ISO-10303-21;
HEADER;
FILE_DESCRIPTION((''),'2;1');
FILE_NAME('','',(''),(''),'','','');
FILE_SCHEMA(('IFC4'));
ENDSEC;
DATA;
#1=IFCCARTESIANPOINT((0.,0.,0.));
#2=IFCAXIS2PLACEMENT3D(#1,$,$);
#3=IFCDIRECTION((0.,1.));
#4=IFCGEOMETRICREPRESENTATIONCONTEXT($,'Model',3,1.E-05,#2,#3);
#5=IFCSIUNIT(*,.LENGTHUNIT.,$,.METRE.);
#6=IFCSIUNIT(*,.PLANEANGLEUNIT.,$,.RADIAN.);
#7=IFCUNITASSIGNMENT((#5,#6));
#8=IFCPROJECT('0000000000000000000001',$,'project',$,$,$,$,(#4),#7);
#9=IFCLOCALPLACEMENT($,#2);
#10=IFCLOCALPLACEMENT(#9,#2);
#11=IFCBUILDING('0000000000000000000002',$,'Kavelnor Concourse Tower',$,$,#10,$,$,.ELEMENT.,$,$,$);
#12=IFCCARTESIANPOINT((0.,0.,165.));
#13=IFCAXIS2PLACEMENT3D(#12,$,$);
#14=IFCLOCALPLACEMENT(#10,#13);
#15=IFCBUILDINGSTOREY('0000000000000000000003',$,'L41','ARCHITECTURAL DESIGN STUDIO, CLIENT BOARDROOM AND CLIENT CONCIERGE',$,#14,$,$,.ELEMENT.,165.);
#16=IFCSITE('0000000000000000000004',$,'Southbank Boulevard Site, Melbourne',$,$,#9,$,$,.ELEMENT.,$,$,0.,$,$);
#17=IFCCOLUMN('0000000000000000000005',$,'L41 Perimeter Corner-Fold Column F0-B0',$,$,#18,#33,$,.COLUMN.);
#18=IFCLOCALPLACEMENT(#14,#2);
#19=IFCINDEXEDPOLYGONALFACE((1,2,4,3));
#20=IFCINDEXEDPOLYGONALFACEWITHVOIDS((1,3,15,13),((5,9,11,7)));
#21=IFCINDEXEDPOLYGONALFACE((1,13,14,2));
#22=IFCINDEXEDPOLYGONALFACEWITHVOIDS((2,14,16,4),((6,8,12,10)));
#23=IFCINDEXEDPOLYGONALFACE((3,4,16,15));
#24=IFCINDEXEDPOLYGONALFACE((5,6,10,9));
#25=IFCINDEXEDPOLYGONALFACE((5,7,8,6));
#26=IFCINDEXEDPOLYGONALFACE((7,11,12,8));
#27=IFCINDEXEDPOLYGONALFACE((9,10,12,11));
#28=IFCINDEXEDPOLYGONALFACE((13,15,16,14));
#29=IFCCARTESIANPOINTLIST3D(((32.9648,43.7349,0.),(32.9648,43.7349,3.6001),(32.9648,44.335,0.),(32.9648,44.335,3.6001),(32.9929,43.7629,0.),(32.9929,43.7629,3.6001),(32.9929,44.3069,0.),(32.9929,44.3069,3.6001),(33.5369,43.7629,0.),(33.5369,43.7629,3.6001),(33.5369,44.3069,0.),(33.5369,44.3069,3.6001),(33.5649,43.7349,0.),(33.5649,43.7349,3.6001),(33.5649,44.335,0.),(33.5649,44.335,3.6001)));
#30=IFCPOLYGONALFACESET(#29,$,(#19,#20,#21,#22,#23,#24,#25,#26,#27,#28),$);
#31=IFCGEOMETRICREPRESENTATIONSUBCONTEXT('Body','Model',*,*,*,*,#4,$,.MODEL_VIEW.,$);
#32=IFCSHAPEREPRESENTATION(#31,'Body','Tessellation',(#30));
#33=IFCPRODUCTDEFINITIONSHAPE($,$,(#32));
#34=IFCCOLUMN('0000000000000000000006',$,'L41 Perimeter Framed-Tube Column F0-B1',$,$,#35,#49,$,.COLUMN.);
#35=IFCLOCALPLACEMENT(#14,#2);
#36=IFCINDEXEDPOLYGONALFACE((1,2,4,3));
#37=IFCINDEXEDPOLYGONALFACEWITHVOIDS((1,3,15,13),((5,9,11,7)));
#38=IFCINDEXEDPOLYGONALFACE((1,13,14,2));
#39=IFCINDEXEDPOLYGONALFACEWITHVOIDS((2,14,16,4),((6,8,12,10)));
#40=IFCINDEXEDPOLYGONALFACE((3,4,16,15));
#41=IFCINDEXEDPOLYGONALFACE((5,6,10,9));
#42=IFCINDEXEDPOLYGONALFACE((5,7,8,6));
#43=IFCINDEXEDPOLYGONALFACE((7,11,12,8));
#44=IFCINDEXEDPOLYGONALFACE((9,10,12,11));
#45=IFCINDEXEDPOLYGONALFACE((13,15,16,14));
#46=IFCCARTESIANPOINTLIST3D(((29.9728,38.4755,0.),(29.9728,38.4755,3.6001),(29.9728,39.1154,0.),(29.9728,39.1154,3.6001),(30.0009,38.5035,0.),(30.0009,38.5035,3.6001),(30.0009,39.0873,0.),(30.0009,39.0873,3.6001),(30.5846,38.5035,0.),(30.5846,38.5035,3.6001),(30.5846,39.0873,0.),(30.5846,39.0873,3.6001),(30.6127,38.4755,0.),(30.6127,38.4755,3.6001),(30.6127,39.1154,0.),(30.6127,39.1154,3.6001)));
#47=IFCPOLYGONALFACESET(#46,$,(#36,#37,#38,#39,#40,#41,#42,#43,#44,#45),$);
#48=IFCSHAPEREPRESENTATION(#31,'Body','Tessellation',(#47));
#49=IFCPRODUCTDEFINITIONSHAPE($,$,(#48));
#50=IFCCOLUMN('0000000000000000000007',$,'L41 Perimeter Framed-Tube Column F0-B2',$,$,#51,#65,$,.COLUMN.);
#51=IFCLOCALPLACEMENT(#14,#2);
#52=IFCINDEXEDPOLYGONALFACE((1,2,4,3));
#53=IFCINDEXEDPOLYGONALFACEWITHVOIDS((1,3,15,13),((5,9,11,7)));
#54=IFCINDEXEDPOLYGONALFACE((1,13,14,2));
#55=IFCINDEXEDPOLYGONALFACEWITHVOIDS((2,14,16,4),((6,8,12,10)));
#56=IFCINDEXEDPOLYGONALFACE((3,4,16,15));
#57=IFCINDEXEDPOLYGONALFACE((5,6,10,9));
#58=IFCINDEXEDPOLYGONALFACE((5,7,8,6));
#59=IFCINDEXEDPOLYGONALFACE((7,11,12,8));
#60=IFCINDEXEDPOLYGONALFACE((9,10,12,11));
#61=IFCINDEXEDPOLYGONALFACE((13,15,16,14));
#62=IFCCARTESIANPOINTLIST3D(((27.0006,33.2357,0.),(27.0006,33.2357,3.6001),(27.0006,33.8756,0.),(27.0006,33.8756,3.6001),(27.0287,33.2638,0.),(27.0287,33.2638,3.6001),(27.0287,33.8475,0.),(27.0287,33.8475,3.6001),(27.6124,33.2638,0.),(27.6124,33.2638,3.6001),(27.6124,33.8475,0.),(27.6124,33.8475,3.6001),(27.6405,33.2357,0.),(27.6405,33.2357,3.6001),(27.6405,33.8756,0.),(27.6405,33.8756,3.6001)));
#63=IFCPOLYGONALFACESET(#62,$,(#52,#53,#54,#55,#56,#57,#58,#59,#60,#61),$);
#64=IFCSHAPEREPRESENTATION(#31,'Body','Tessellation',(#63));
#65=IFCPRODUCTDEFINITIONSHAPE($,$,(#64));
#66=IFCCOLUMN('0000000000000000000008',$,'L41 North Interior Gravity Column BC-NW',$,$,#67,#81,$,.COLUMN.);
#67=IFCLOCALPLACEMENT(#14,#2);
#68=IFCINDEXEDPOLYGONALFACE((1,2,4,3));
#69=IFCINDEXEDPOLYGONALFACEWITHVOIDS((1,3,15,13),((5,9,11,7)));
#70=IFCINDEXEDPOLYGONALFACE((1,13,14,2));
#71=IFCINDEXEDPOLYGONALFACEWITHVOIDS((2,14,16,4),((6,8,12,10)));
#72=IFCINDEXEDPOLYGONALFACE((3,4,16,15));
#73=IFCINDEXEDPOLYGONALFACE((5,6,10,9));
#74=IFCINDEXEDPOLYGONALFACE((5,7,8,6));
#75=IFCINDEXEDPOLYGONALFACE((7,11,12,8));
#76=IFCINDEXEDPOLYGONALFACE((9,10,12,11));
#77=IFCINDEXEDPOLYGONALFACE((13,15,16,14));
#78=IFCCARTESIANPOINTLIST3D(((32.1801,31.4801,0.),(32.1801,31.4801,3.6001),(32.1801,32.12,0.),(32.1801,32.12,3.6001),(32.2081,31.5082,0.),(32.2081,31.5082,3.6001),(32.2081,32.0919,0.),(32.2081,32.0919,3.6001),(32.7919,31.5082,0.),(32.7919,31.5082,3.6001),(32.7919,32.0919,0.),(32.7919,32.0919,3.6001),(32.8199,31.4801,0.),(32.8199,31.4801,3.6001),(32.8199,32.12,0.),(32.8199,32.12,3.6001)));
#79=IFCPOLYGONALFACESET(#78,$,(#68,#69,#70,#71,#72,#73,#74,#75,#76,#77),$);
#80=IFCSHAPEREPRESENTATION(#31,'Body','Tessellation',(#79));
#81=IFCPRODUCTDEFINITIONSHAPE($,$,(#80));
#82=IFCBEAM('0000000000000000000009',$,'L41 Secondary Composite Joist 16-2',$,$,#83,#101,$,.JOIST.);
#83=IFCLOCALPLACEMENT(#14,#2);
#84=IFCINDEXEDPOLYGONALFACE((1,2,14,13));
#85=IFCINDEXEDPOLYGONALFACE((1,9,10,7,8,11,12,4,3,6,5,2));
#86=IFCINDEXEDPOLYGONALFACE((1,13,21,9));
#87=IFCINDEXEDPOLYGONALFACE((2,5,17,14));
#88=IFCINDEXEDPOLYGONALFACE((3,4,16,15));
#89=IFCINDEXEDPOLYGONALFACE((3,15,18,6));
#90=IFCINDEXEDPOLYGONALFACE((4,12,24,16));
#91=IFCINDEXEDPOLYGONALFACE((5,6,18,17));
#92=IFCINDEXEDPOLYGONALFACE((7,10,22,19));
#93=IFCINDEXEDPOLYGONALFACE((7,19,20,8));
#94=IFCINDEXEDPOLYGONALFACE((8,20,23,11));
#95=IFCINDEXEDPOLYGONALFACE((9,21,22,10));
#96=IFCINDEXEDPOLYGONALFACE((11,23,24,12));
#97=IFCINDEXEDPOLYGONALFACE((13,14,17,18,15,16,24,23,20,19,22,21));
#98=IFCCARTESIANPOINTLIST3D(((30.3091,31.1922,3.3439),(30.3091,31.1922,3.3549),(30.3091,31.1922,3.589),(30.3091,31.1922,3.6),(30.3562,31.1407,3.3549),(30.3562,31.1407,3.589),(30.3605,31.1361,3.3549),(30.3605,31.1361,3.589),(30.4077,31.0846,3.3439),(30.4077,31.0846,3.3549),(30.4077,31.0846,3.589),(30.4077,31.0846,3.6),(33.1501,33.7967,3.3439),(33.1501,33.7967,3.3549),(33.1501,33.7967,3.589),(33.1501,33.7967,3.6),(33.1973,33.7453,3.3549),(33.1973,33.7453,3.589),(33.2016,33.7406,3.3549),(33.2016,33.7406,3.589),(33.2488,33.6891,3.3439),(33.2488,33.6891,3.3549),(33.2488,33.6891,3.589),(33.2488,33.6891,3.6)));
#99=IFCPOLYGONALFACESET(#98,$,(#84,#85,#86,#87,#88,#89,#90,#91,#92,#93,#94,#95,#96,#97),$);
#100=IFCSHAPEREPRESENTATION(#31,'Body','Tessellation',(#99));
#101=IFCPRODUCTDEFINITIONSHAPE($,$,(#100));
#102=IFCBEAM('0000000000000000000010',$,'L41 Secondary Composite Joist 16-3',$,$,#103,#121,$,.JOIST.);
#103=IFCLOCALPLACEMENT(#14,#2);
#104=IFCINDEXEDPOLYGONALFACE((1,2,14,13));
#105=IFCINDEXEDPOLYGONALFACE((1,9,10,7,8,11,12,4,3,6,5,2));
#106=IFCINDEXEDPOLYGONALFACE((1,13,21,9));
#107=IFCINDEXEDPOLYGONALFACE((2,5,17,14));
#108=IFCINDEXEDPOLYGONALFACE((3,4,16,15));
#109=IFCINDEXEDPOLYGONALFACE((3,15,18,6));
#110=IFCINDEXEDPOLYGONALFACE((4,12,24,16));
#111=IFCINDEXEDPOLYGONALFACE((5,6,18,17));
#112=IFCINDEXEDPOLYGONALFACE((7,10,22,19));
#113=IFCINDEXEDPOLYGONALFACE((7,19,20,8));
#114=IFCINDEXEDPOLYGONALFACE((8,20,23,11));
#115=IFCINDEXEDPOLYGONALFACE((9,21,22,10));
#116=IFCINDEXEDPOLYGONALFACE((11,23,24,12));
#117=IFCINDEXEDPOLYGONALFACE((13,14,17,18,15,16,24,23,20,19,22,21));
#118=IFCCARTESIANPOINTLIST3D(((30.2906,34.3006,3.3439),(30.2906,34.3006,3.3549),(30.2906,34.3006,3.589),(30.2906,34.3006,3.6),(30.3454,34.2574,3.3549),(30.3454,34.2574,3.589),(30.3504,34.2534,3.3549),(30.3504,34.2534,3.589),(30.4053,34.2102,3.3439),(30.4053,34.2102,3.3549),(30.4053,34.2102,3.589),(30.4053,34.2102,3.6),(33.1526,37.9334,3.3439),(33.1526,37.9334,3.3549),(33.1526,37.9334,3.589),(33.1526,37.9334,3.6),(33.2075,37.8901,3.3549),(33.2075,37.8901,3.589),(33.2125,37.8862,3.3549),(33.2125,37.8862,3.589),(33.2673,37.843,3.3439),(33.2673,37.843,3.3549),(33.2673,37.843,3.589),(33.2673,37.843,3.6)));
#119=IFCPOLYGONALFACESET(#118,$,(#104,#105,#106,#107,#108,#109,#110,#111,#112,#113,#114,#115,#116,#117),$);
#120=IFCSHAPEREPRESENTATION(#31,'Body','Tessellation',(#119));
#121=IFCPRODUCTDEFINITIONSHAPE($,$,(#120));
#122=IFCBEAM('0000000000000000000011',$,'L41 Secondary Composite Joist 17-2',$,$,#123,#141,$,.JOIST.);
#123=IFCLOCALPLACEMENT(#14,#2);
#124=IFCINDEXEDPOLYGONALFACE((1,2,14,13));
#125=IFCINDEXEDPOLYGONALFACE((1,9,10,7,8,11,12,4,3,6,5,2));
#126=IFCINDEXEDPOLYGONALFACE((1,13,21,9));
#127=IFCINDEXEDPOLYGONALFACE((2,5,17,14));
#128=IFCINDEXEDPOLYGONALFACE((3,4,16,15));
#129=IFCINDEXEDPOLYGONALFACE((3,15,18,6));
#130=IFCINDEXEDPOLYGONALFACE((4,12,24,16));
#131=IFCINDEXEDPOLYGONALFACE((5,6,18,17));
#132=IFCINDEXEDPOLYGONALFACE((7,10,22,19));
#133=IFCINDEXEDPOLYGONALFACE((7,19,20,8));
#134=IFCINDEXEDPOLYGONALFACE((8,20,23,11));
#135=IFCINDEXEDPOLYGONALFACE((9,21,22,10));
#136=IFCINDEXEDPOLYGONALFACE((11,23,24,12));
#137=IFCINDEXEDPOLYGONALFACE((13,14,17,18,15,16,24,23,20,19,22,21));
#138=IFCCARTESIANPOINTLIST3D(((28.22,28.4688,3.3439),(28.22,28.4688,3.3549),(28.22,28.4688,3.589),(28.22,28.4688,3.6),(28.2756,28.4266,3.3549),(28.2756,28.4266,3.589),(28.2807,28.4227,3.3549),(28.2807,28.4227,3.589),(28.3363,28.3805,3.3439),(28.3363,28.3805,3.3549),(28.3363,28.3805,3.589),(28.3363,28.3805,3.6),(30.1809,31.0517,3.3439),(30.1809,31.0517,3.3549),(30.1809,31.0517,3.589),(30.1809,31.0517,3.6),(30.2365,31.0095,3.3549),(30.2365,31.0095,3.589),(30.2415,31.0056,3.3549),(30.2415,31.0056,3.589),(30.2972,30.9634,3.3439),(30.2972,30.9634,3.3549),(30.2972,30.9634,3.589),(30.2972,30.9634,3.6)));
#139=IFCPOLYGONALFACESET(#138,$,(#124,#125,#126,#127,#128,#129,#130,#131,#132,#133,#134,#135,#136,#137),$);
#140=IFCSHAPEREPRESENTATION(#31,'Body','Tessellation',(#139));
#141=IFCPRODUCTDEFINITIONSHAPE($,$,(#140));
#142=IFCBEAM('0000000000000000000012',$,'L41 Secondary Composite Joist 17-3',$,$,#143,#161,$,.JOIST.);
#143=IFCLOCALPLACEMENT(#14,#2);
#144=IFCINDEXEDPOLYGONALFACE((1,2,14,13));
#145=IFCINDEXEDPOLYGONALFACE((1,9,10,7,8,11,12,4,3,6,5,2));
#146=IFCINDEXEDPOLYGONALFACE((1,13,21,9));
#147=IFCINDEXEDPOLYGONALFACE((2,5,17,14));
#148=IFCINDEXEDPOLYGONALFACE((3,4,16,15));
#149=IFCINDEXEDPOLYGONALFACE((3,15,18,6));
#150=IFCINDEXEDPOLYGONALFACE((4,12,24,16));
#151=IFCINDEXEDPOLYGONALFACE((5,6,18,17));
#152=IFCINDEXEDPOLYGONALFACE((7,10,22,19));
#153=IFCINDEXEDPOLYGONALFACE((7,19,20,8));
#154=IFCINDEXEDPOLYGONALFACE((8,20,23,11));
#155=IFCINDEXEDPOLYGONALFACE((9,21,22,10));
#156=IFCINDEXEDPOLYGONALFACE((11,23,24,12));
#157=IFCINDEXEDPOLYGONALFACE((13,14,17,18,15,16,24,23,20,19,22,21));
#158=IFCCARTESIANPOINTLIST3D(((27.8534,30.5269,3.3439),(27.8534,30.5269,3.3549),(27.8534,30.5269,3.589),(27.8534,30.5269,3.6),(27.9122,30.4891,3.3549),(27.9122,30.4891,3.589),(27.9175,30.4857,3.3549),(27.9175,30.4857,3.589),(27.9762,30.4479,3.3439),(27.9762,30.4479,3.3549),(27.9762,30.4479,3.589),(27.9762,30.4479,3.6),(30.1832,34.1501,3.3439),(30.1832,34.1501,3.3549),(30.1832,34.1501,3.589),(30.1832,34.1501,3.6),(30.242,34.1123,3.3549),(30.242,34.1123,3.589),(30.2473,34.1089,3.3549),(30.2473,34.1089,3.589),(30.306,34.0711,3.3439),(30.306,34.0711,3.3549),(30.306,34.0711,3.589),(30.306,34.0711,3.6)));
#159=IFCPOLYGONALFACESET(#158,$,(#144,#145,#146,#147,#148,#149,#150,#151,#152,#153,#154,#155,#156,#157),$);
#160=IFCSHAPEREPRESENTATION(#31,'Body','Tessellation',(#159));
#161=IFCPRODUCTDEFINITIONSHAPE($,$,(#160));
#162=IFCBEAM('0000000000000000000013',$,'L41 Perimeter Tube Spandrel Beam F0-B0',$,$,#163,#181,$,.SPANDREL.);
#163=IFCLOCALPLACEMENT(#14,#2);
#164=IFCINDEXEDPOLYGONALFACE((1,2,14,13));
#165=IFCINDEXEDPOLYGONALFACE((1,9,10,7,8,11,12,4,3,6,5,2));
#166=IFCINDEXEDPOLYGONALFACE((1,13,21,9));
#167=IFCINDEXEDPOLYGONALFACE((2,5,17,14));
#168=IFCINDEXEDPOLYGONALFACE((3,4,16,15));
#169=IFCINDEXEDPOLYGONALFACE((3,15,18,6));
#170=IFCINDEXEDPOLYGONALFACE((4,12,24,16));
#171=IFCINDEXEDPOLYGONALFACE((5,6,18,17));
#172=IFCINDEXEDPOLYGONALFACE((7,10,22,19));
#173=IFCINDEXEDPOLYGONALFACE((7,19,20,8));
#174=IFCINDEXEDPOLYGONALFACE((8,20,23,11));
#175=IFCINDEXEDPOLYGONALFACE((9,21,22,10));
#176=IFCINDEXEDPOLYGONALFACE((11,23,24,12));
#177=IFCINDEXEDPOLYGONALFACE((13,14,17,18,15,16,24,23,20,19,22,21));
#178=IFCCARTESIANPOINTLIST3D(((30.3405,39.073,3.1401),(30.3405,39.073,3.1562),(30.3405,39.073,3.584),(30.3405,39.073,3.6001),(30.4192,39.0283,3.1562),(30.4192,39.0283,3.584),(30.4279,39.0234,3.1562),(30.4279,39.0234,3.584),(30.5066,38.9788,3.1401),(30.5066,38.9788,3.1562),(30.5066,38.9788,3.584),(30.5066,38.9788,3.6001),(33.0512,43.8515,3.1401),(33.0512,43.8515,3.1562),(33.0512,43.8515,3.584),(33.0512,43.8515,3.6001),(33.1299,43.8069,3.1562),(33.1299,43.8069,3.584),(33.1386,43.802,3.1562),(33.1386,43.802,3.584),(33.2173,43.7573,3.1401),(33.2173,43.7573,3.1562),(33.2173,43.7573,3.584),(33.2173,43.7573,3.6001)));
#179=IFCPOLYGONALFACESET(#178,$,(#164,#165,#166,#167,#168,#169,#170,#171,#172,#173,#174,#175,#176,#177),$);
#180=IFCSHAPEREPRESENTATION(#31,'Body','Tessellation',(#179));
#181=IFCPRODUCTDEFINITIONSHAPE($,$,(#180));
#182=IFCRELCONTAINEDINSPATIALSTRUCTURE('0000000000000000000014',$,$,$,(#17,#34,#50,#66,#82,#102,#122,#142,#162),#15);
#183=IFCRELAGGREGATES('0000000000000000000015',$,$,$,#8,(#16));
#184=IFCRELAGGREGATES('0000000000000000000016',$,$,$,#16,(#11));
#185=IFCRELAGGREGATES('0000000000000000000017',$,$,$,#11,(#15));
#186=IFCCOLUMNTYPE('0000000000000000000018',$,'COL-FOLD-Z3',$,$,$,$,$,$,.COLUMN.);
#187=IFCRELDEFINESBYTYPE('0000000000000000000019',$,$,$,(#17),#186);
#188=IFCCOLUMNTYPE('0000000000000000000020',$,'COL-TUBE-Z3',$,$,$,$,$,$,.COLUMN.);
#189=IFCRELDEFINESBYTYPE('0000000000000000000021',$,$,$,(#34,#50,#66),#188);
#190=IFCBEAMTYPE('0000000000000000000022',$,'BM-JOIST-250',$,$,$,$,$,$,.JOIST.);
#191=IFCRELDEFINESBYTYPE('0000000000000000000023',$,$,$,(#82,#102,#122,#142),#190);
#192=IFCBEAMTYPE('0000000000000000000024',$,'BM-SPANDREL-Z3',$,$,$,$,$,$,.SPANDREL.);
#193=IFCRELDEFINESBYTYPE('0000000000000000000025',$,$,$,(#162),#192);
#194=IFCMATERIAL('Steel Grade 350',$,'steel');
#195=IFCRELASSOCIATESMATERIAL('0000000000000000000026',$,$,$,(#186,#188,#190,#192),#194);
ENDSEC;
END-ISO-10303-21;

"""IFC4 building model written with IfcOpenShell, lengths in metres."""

from ifc_helpers import new_model, si_unit, direction, frame, origin, origin_2d, place, context, subcontext, project, spatial, hollow_rectangle, i_section, extrude, material, material_profile, profile_set, type_object, element, save


model = new_model("IFC4")

# Units and contexts
model_context = context("Model", 3, precision=1e-05, world=origin(), true_north=direction((0.0, 1.0)))
body_context = subcontext(model_context, "Body", "Model", "MODEL_VIEW")
ifc_project = project(units=[si_unit("LENGTHUNIT", "METRE"), si_unit("PLANEANGLEUNIT", "RADIAN")], contexts=[model_context])

# Site, building, storey
site_placement = place(None, origin())
site = spatial("IfcSite", under=ifc_project, at=site_placement, Name="Southbank Boulevard Site, Melbourne", CompositionType="ELEMENT", RefElevation=0.0)
building_placement = place(site_placement, origin())
building = spatial("IfcBuilding", under=site, at=building_placement, Name="Kavelnor Concourse Tower", CompositionType="ELEMENT")
storey_placement = place(building_placement, frame((0.0, 0.0, 165.0)))
storey = spatial("IfcBuildingStorey", under=building, at=storey_placement, Name="L41", Description="ARCHITECTURAL DESIGN STUDIO, CLIENT BOARDROOM AND CLIENT CONCIERGE", CompositionType="ELEMENT", Elevation=165.0)

# Columns
ifc_material_1 = material(Name="Steel Grade 350", Category="steel")
ifc_material_profile_1 = material_profile(ifc_material_1, hollow_rectangle(XDim=0.6001, YDim=0.6001, WallThickness=0.0281, at=origin_2d()), Name="SHS 600x600x28")
ifc_profile_set_1 = profile_set([ifc_material_profile_1], Name="Steel Grade 350")
column_type_1 = type_object("IfcColumnType", Name="COL-FOLD-Z3", PredefinedType="COLUMN", material=ifc_profile_set_1)
column_placement = place(storey_placement, frame((33.2649, 44.0349, 0.0), z_axis=(0.0, 0.0, 1.0), x_axis=(1.0, 0.0, 0.0)))
element("IfcColumn", 1, at=column_placement, inside=storey, type_object=column_type_1, Name="L41 Perimeter Corner-Fold Column F0-B0", PredefinedType="COLUMN", context=body_context, shape_type="SweptSolid", body=[
    extrude(hollow_rectangle(XDim=0.6001, YDim=0.6001, WallThickness=0.0281, at=origin_2d()), origin(), (0.0, 0.0, 1.0), 3.6001),
])
ifc_material_profile_2 = material_profile(ifc_material_1, hollow_rectangle(XDim=0.6399, YDim=0.6399, WallThickness=0.0281, at=origin_2d()), Name="SHS 640x640x28")
ifc_profile_set_2 = profile_set([ifc_material_profile_2], Name="Steel Grade 350")
column_type_2 = type_object("IfcColumnType", Name="COL-TUBE-Z3", PredefinedType="COLUMN", material=ifc_profile_set_2)
for number, where, z_axis, x_axis, name in (
    (2, (30.2927, 38.7954, 0.0), (0.0, 0.0, 1.0), (1.0, 0.0, 0.0), "L41 Perimeter Framed-Tube Column F0-B1"),
    (3, (27.3206, 33.5557, 0.0), (0.0, 0.0, 1.0), (1.0, 0.0, 0.0), "L41 Perimeter Framed-Tube Column F0-B2"),
    (4, (32.5, 31.8, 0.0), (0.0, 0.0, 1.0), (1.0, 0.0, 0.0), "L41 North Interior Gravity Column BC-NW"),
):
    element("IfcColumn", number, at=place(storey_placement, frame(where, z_axis=z_axis, x_axis=x_axis)), inside=storey, type_object=column_type_2, Name=name, PredefinedType="COLUMN", context=body_context, shape_type="SweptSolid", body=[
        extrude(hollow_rectangle(XDim=0.6399, YDim=0.6399, WallThickness=0.0281, at=origin_2d()), origin(), (0.0, 0.0, 1.0), 3.6001),
    ])

# Beams
ifc_material_profile_3 = material_profile(ifc_material_1, i_section(OverallWidth=0.146, OverallDepth=0.2561, WebThickness=0.0063, FlangeThickness=0.011, at=origin_2d()), Name="250UB37")
ifc_profile_set_3 = profile_set([ifc_material_profile_3], Name="Steel Grade 350")
beam_type_1 = type_object("IfcBeamType", Name="BM-JOIST-250", PredefinedType="JOIST", material=ifc_profile_set_3)
beam_1_placement = place(storey_placement, frame((33.1995, 33.7429, 3.4719), z_axis=(-0.73713, -0.67575, 0.0), x_axis=(0.67575, -0.73713, 0.0)))
element("IfcBeam", 5, at=beam_1_placement, inside=storey, type_object=beam_type_1, Name="L41 Secondary Composite Joist 16-2", PredefinedType="JOIST", context=body_context, shape_type="SweptSolid", body=[
    extrude(i_section(OverallWidth=0.146, OverallDepth=0.2561, WebThickness=0.0063, FlangeThickness=0.011, at=origin_2d()), origin(), (0.0, 0.0, 1.0), 3.8542),
])
beam_2_placement = place(storey_placement, frame((33.21, 37.8882, 3.4719), z_axis=(-0.618851, -0.785508, 0.0), x_axis=(0.785508, -0.618851, 0.0)))
element("IfcBeam", 6, at=beam_2_placement, inside=storey, type_object=beam_type_1, Name="L41 Secondary Composite Joist 16-3", PredefinedType="JOIST", context=body_context, shape_type="SweptSolid", body=[
    extrude(i_section(OverallWidth=0.146, OverallDepth=0.2561, WebThickness=0.0063, FlangeThickness=0.011, at=origin_2d()), origin(), (0.0, 0.0, 1.0), 4.6248),
])
beam_3_placement = place(storey_placement, frame((30.239, 31.0076, 3.4719), z_axis=(-0.604663, -0.796481, 0.0), x_axis=(0.796481, -0.604663, 0.0)))
element("IfcBeam", 7, at=beam_3_placement, inside=storey, type_object=beam_type_1, Name="L41 Secondary Composite Joist 17-2", PredefinedType="JOIST", context=body_context, shape_type="SweptSolid", body=[
    extrude(i_section(OverallWidth=0.146, OverallDepth=0.2561, WebThickness=0.0063, FlangeThickness=0.011, at=origin_2d()), origin(), (0.0, 0.0, 1.0), 3.2429),
])
beam_4_placement = place(storey_placement, frame((30.2446, 34.1106, 3.4719), z_axis=(-0.540852, -0.841118, 0.0), x_axis=(0.841118, -0.540852, 0.0)))
element("IfcBeam", 8, at=beam_4_placement, inside=storey, type_object=beam_type_1, Name="L41 Secondary Composite Joist 17-3", PredefinedType="JOIST", context=body_context, shape_type="SweptSolid", body=[
    extrude(i_section(OverallWidth=0.146, OverallDepth=0.2561, WebThickness=0.0063, FlangeThickness=0.011, at=origin_2d()), origin(), (0.0, 0.0, 1.0), 4.3076),
])
ifc_material_profile_4 = material_profile(ifc_material_1, i_section(OverallWidth=0.1909, OverallDepth=0.46, WebThickness=0.01, FlangeThickness=0.0161, at=origin_2d()), Name="460UB82")
ifc_profile_set_4 = profile_set([ifc_material_profile_4], Name="Steel Grade 350")
beam_type_2 = type_object("IfcBeamType", Name="BM-SPANDREL-Z3", PredefinedType="SPANDREL", material=ifc_profile_set_4)
for number, where, z_axis, x_axis, name in (
    (9, (33.1343, 43.8044, 3.3701), (-0.493404, -0.8698, 0.0), (0.8698, -0.493404, 0.0), "L41 Perimeter Tube Spandrel Beam F0-B0"),
):
    element("IfcBeam", number, at=place(storey_placement, frame(where, z_axis=z_axis, x_axis=x_axis)), inside=storey, type_object=beam_type_2, Name=name, PredefinedType="SPANDREL", context=body_context, shape_type="SweptSolid", body=[
        extrude(i_section(OverallWidth=0.1909, OverallDepth=0.46, WebThickness=0.01, FlangeThickness=0.0161, at=origin_2d()), origin(), (0.0, 0.0, 1.0), 5.4939),
    ])

save(model, "model.ifc")
